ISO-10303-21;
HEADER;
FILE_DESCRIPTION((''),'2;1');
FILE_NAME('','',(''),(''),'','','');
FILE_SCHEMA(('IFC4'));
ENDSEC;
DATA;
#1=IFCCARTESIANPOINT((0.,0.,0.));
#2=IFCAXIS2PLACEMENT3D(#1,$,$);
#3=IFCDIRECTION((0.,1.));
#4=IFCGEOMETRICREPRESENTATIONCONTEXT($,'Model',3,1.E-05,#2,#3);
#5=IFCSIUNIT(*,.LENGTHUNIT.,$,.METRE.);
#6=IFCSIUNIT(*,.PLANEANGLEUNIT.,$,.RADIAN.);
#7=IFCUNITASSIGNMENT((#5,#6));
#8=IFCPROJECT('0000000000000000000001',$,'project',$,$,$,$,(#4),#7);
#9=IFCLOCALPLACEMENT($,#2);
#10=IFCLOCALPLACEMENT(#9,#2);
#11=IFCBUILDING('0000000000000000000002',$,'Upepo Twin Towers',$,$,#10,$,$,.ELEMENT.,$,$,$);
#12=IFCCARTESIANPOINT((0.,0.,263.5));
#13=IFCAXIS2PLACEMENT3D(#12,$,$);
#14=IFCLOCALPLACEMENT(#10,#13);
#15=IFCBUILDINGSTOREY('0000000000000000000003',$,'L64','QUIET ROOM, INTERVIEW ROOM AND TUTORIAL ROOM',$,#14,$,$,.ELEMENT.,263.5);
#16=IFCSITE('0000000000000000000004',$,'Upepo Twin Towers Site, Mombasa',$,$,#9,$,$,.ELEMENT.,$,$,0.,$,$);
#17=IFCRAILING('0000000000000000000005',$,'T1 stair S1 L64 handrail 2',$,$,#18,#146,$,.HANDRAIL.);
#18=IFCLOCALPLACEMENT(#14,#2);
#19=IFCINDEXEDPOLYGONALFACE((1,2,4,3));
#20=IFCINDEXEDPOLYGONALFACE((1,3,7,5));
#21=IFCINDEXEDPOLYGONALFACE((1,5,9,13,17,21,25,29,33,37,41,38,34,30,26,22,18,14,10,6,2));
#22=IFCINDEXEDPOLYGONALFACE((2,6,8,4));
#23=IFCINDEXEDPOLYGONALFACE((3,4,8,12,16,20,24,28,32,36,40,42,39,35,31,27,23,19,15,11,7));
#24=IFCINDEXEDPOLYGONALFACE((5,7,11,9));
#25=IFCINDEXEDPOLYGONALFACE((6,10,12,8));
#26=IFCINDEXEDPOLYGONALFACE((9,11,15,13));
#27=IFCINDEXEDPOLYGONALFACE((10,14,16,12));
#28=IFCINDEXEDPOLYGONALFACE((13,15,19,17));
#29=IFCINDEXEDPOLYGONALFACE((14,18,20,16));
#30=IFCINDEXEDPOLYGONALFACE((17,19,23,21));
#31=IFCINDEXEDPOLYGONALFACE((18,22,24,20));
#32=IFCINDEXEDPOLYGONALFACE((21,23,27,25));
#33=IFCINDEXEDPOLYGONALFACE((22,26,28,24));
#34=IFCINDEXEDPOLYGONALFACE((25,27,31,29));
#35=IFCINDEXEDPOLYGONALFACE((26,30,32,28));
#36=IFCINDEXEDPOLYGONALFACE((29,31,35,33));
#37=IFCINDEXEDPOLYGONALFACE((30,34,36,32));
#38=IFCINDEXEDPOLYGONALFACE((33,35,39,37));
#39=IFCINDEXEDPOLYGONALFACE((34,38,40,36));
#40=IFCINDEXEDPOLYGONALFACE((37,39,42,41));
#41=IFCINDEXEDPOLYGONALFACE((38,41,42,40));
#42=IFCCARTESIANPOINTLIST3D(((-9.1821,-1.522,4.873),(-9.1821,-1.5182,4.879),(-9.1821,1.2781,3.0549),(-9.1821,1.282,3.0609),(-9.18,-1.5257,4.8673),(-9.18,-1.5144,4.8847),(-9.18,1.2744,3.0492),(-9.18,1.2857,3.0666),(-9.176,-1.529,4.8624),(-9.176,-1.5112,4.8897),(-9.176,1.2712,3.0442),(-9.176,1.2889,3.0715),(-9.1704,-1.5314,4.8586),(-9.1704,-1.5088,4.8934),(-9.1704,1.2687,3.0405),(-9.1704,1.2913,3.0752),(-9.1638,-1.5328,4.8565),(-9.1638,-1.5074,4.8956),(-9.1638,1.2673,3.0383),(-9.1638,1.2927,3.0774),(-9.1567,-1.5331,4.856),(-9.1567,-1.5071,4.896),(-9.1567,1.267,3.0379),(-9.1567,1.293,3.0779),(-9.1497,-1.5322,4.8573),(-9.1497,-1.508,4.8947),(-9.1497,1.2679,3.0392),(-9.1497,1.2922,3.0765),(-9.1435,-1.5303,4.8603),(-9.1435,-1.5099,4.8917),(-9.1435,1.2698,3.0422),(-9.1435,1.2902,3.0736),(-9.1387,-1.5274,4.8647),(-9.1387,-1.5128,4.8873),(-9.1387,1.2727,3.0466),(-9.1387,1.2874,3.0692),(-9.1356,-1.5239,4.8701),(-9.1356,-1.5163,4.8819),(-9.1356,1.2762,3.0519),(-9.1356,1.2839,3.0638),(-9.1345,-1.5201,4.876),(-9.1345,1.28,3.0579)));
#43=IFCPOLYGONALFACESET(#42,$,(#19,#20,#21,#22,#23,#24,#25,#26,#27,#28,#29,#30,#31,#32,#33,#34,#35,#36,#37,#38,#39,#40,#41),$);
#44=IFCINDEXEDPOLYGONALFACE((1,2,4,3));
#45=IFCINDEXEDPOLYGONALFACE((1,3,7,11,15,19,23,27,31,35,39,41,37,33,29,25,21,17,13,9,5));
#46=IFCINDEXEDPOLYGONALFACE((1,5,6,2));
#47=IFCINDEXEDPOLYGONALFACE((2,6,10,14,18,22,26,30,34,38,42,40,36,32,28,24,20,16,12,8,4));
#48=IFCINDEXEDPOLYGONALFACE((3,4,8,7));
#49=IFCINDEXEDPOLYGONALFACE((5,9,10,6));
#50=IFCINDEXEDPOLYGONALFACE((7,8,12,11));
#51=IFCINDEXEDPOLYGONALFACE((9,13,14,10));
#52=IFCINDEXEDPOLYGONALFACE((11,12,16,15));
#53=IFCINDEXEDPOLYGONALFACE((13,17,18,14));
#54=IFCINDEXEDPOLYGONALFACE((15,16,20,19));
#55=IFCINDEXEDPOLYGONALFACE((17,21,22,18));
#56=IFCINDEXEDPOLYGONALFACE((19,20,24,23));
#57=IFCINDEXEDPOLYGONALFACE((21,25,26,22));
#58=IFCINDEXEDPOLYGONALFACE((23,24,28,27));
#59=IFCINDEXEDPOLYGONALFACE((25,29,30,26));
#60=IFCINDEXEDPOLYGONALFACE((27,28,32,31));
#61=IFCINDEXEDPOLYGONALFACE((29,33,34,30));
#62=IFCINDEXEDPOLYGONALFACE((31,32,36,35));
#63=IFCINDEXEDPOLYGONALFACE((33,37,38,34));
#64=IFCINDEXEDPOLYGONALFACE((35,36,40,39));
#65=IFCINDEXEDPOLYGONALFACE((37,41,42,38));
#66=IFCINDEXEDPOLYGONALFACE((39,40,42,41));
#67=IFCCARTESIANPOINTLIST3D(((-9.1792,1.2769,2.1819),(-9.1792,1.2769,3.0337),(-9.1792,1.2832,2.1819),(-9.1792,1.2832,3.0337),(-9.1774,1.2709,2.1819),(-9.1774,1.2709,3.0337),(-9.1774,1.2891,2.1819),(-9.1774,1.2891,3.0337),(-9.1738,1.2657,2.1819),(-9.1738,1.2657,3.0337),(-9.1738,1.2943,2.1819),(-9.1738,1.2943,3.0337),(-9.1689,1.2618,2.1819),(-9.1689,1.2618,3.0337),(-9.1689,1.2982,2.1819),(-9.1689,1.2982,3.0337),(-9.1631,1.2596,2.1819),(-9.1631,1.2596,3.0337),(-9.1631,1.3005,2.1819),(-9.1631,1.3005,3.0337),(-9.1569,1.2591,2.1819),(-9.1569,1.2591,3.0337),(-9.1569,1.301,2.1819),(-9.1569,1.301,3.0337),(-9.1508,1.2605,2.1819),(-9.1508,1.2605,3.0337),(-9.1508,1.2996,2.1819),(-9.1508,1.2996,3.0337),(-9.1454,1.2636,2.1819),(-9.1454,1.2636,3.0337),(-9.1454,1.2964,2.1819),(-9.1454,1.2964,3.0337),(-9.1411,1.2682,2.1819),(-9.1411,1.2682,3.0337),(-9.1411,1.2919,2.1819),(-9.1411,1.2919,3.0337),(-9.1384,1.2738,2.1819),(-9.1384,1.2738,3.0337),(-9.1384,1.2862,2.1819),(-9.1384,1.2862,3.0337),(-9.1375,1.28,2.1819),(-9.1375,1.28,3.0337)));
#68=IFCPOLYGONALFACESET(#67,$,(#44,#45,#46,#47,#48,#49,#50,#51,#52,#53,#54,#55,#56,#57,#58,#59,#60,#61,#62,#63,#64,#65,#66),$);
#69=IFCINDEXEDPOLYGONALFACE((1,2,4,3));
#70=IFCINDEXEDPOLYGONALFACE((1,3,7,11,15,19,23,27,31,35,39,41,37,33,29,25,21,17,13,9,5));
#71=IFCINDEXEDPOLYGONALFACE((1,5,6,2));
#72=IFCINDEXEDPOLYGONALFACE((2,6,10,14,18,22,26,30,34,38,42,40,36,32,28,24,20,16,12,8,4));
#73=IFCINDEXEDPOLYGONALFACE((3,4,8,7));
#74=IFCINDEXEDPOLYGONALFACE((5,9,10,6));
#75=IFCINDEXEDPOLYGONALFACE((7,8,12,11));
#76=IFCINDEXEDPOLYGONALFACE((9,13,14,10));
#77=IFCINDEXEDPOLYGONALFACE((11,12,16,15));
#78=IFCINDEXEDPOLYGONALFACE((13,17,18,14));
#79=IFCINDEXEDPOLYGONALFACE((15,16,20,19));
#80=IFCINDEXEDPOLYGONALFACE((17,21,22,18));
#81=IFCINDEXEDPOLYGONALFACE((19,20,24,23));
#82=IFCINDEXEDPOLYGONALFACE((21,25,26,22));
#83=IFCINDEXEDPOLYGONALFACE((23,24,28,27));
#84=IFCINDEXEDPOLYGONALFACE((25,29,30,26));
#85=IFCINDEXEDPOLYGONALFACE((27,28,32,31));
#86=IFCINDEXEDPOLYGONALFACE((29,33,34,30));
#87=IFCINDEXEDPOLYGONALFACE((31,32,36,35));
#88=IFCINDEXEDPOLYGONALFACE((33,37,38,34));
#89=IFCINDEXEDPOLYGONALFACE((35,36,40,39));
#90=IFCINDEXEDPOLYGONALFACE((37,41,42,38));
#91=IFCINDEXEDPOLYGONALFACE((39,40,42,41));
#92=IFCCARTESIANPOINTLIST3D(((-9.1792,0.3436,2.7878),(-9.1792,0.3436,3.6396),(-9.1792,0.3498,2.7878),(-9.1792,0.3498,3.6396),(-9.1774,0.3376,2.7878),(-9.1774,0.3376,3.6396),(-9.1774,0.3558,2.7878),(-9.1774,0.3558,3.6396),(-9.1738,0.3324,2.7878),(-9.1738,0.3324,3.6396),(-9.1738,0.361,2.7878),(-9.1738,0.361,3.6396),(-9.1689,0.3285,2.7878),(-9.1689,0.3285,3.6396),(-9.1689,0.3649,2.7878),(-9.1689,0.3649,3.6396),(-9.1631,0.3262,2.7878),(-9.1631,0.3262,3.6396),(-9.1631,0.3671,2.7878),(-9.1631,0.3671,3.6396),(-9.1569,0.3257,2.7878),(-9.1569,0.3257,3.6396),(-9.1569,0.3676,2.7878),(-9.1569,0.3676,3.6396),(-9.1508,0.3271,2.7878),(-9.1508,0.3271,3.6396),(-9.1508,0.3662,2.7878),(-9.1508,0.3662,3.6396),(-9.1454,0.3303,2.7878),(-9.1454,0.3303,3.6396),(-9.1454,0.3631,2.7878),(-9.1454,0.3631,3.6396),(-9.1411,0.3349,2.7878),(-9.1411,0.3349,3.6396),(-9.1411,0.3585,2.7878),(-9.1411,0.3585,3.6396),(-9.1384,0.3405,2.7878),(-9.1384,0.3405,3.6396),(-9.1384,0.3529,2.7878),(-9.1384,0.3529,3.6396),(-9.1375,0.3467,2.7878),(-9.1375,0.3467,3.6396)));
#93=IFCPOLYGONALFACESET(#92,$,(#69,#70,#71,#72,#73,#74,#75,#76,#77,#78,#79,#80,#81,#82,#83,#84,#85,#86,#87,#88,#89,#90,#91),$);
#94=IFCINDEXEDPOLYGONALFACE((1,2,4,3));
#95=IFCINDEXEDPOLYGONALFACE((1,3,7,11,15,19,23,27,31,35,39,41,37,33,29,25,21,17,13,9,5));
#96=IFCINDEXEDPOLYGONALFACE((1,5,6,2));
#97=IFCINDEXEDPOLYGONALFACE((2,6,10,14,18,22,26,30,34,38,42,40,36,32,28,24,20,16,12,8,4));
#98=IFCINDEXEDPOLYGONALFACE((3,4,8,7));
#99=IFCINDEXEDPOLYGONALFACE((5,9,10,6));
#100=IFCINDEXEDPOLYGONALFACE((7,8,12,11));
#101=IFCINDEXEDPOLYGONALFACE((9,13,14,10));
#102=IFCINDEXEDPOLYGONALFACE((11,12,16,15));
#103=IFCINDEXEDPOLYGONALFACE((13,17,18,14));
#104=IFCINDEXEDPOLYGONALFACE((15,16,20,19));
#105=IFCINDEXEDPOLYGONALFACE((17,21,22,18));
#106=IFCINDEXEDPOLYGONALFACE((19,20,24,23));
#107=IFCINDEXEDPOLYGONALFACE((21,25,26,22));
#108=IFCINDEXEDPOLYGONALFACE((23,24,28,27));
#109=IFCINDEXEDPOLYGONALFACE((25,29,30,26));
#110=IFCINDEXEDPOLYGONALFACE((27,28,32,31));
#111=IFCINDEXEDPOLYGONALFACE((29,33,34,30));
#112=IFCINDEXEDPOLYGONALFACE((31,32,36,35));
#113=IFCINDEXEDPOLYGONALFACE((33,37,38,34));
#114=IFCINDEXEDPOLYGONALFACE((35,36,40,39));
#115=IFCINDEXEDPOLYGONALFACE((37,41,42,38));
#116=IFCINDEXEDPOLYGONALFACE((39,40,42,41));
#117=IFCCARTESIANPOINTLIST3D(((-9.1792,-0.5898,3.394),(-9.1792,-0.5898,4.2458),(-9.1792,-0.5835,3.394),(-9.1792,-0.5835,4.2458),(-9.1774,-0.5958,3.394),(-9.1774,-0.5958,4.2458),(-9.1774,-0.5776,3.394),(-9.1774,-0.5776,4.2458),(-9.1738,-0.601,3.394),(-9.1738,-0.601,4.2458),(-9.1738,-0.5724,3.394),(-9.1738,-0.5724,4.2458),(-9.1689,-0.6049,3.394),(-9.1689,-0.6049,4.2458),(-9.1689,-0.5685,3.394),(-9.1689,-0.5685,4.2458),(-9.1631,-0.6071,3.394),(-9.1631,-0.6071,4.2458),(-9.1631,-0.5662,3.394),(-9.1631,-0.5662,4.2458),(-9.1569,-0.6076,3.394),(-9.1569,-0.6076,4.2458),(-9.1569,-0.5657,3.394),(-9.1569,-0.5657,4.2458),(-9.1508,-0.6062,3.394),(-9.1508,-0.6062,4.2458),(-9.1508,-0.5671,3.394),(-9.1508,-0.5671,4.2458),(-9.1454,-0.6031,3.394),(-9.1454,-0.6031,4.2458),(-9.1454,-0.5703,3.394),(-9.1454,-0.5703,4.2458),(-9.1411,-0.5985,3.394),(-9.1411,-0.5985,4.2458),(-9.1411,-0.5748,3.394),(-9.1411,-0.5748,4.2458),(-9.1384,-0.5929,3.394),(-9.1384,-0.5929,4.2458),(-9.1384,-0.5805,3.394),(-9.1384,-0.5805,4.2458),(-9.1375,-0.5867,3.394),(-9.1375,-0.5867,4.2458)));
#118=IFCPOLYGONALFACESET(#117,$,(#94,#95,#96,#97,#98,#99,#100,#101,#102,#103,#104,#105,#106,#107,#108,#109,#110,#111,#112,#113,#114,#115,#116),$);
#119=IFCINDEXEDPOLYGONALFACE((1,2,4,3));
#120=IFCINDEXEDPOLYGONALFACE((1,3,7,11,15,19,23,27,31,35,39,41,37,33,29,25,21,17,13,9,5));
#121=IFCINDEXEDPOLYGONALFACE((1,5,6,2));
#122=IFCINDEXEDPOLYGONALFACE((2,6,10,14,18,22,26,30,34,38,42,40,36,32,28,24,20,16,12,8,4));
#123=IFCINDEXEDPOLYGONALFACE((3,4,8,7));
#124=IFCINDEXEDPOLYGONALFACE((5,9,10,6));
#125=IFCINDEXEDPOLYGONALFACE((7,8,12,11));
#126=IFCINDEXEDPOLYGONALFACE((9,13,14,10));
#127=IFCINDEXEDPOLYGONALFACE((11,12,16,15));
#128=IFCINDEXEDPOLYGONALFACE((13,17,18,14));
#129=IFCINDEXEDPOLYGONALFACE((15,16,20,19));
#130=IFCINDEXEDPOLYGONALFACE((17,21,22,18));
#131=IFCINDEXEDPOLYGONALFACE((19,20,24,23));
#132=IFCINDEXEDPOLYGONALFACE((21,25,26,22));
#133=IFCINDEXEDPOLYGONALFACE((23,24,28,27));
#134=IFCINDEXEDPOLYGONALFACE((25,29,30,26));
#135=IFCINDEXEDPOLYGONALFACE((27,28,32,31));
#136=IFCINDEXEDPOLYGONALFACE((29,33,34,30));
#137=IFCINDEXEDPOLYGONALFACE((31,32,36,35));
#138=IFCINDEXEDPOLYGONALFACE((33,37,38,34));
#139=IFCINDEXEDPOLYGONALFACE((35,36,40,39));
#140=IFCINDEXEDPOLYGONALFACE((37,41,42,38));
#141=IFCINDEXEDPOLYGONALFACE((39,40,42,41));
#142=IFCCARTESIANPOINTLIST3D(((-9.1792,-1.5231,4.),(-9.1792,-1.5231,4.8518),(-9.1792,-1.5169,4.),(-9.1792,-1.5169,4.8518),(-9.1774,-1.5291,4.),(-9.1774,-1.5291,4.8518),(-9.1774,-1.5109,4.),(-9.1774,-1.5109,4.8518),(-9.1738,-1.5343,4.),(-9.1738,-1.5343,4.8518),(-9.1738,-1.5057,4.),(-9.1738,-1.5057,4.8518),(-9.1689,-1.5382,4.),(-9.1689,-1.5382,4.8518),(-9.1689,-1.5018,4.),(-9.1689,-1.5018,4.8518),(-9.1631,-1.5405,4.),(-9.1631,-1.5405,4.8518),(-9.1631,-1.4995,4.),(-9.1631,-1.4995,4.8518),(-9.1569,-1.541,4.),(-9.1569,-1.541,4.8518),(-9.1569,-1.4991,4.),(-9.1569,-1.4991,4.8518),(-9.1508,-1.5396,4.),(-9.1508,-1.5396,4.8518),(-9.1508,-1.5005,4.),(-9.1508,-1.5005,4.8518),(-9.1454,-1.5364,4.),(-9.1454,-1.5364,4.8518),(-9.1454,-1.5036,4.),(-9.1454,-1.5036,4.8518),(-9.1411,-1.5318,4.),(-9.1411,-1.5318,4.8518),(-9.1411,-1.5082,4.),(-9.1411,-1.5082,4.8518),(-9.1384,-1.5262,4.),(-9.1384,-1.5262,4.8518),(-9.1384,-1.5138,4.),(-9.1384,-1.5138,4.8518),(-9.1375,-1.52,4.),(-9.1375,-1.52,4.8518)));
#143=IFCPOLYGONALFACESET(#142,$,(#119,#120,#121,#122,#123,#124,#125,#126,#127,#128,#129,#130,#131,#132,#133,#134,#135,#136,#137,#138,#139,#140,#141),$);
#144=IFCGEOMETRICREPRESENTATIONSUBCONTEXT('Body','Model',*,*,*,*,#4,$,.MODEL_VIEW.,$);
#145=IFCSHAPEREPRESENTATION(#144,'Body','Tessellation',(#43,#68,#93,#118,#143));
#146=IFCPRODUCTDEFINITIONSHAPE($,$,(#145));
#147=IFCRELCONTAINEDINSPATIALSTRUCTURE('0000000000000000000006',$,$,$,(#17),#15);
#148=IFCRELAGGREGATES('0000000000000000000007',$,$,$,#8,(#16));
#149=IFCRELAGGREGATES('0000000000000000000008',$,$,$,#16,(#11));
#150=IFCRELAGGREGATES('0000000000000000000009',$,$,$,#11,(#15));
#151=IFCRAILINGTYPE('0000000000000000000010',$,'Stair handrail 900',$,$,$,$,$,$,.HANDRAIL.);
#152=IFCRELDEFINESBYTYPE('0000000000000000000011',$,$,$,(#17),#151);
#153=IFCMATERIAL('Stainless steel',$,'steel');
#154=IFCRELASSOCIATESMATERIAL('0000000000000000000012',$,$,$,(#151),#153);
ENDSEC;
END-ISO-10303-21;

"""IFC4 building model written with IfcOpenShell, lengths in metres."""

from ifc_helpers import new_model, si_unit, direction, frame, origin, origin_2d, place, context, subcontext, project, spatial, circle, extrude, material, type_object, element, save


model = new_model("IFC4")

# Units and contexts
model_context = context("Model", 3, precision=1e-05, world=origin(), true_north=direction((0.0, 1.0)))
body_context = subcontext(model_context, "Body", "Model", "MODEL_VIEW")
ifc_project = project(units=[si_unit("LENGTHUNIT", "METRE"), si_unit("PLANEANGLEUNIT", "RADIAN")], contexts=[model_context])

# Site, building, storey
site_placement = place(None, origin())
site = spatial("IfcSite", under=ifc_project, at=site_placement, Name="Upepo Twin Towers Site, Mombasa", CompositionType="ELEMENT", RefElevation=0.0)
building_placement = place(site_placement, origin())
building = spatial("IfcBuilding", under=site, at=building_placement, Name="Upepo Twin Towers", CompositionType="ELEMENT")
storey_placement = place(building_placement, frame((0.0, 0.0, 263.5)))
storey = spatial("IfcBuildingStorey", under=building, at=storey_placement, Name="L64", Description="QUIET ROOM, INTERVIEW ROOM AND TUTORIAL ROOM", CompositionType="ELEMENT", Elevation=263.5)

# Railing
ifc_material_1 = material(Name="Stainless steel", Category="steel")
railing_type = type_object("IfcRailingType", Name="Stair handrail 900", PredefinedType="HANDRAIL", material=ifc_material_1)
railing_placement = place(storey_placement, frame((-9.1584, 1.28, 2.1819)))
element("IfcRailing", 1, at=railing_placement, inside=storey, type_object=railing_type, Name="T1 stair S1 L64 handrail 2", PredefinedType="HANDRAIL", context=body_context, shape_type="SweptSolid", body=[
    extrude(circle(Radius=0.0239, at=origin_2d()), frame((0.0, 0.0, 0.876), z_axis=(0.0, -0.838706, 0.544585), x_axis=(1.0, 0.0, 0.0)), (0.0, 0.0, 1.0), 3.3386),
    extrude(circle(Radius=0.021, at=origin_2d()), origin(), (0.0, 0.0, 1.0), 0.8518),
    extrude(circle(Radius=0.021, at=origin_2d()), frame((0.0, -0.9333, 0.606)), (0.0, 0.0, 1.0), 0.8518),
    extrude(circle(Radius=0.021, at=origin_2d()), frame((0.0, -1.8667, 1.2122)), (0.0, 0.0, 1.0), 0.8518),
    extrude(circle(Radius=0.021, at=origin_2d()), frame((0.0, -2.8, 1.8181)), (0.0, 0.0, 1.0), 0.8518),
])

save(model, "model.ifc")
